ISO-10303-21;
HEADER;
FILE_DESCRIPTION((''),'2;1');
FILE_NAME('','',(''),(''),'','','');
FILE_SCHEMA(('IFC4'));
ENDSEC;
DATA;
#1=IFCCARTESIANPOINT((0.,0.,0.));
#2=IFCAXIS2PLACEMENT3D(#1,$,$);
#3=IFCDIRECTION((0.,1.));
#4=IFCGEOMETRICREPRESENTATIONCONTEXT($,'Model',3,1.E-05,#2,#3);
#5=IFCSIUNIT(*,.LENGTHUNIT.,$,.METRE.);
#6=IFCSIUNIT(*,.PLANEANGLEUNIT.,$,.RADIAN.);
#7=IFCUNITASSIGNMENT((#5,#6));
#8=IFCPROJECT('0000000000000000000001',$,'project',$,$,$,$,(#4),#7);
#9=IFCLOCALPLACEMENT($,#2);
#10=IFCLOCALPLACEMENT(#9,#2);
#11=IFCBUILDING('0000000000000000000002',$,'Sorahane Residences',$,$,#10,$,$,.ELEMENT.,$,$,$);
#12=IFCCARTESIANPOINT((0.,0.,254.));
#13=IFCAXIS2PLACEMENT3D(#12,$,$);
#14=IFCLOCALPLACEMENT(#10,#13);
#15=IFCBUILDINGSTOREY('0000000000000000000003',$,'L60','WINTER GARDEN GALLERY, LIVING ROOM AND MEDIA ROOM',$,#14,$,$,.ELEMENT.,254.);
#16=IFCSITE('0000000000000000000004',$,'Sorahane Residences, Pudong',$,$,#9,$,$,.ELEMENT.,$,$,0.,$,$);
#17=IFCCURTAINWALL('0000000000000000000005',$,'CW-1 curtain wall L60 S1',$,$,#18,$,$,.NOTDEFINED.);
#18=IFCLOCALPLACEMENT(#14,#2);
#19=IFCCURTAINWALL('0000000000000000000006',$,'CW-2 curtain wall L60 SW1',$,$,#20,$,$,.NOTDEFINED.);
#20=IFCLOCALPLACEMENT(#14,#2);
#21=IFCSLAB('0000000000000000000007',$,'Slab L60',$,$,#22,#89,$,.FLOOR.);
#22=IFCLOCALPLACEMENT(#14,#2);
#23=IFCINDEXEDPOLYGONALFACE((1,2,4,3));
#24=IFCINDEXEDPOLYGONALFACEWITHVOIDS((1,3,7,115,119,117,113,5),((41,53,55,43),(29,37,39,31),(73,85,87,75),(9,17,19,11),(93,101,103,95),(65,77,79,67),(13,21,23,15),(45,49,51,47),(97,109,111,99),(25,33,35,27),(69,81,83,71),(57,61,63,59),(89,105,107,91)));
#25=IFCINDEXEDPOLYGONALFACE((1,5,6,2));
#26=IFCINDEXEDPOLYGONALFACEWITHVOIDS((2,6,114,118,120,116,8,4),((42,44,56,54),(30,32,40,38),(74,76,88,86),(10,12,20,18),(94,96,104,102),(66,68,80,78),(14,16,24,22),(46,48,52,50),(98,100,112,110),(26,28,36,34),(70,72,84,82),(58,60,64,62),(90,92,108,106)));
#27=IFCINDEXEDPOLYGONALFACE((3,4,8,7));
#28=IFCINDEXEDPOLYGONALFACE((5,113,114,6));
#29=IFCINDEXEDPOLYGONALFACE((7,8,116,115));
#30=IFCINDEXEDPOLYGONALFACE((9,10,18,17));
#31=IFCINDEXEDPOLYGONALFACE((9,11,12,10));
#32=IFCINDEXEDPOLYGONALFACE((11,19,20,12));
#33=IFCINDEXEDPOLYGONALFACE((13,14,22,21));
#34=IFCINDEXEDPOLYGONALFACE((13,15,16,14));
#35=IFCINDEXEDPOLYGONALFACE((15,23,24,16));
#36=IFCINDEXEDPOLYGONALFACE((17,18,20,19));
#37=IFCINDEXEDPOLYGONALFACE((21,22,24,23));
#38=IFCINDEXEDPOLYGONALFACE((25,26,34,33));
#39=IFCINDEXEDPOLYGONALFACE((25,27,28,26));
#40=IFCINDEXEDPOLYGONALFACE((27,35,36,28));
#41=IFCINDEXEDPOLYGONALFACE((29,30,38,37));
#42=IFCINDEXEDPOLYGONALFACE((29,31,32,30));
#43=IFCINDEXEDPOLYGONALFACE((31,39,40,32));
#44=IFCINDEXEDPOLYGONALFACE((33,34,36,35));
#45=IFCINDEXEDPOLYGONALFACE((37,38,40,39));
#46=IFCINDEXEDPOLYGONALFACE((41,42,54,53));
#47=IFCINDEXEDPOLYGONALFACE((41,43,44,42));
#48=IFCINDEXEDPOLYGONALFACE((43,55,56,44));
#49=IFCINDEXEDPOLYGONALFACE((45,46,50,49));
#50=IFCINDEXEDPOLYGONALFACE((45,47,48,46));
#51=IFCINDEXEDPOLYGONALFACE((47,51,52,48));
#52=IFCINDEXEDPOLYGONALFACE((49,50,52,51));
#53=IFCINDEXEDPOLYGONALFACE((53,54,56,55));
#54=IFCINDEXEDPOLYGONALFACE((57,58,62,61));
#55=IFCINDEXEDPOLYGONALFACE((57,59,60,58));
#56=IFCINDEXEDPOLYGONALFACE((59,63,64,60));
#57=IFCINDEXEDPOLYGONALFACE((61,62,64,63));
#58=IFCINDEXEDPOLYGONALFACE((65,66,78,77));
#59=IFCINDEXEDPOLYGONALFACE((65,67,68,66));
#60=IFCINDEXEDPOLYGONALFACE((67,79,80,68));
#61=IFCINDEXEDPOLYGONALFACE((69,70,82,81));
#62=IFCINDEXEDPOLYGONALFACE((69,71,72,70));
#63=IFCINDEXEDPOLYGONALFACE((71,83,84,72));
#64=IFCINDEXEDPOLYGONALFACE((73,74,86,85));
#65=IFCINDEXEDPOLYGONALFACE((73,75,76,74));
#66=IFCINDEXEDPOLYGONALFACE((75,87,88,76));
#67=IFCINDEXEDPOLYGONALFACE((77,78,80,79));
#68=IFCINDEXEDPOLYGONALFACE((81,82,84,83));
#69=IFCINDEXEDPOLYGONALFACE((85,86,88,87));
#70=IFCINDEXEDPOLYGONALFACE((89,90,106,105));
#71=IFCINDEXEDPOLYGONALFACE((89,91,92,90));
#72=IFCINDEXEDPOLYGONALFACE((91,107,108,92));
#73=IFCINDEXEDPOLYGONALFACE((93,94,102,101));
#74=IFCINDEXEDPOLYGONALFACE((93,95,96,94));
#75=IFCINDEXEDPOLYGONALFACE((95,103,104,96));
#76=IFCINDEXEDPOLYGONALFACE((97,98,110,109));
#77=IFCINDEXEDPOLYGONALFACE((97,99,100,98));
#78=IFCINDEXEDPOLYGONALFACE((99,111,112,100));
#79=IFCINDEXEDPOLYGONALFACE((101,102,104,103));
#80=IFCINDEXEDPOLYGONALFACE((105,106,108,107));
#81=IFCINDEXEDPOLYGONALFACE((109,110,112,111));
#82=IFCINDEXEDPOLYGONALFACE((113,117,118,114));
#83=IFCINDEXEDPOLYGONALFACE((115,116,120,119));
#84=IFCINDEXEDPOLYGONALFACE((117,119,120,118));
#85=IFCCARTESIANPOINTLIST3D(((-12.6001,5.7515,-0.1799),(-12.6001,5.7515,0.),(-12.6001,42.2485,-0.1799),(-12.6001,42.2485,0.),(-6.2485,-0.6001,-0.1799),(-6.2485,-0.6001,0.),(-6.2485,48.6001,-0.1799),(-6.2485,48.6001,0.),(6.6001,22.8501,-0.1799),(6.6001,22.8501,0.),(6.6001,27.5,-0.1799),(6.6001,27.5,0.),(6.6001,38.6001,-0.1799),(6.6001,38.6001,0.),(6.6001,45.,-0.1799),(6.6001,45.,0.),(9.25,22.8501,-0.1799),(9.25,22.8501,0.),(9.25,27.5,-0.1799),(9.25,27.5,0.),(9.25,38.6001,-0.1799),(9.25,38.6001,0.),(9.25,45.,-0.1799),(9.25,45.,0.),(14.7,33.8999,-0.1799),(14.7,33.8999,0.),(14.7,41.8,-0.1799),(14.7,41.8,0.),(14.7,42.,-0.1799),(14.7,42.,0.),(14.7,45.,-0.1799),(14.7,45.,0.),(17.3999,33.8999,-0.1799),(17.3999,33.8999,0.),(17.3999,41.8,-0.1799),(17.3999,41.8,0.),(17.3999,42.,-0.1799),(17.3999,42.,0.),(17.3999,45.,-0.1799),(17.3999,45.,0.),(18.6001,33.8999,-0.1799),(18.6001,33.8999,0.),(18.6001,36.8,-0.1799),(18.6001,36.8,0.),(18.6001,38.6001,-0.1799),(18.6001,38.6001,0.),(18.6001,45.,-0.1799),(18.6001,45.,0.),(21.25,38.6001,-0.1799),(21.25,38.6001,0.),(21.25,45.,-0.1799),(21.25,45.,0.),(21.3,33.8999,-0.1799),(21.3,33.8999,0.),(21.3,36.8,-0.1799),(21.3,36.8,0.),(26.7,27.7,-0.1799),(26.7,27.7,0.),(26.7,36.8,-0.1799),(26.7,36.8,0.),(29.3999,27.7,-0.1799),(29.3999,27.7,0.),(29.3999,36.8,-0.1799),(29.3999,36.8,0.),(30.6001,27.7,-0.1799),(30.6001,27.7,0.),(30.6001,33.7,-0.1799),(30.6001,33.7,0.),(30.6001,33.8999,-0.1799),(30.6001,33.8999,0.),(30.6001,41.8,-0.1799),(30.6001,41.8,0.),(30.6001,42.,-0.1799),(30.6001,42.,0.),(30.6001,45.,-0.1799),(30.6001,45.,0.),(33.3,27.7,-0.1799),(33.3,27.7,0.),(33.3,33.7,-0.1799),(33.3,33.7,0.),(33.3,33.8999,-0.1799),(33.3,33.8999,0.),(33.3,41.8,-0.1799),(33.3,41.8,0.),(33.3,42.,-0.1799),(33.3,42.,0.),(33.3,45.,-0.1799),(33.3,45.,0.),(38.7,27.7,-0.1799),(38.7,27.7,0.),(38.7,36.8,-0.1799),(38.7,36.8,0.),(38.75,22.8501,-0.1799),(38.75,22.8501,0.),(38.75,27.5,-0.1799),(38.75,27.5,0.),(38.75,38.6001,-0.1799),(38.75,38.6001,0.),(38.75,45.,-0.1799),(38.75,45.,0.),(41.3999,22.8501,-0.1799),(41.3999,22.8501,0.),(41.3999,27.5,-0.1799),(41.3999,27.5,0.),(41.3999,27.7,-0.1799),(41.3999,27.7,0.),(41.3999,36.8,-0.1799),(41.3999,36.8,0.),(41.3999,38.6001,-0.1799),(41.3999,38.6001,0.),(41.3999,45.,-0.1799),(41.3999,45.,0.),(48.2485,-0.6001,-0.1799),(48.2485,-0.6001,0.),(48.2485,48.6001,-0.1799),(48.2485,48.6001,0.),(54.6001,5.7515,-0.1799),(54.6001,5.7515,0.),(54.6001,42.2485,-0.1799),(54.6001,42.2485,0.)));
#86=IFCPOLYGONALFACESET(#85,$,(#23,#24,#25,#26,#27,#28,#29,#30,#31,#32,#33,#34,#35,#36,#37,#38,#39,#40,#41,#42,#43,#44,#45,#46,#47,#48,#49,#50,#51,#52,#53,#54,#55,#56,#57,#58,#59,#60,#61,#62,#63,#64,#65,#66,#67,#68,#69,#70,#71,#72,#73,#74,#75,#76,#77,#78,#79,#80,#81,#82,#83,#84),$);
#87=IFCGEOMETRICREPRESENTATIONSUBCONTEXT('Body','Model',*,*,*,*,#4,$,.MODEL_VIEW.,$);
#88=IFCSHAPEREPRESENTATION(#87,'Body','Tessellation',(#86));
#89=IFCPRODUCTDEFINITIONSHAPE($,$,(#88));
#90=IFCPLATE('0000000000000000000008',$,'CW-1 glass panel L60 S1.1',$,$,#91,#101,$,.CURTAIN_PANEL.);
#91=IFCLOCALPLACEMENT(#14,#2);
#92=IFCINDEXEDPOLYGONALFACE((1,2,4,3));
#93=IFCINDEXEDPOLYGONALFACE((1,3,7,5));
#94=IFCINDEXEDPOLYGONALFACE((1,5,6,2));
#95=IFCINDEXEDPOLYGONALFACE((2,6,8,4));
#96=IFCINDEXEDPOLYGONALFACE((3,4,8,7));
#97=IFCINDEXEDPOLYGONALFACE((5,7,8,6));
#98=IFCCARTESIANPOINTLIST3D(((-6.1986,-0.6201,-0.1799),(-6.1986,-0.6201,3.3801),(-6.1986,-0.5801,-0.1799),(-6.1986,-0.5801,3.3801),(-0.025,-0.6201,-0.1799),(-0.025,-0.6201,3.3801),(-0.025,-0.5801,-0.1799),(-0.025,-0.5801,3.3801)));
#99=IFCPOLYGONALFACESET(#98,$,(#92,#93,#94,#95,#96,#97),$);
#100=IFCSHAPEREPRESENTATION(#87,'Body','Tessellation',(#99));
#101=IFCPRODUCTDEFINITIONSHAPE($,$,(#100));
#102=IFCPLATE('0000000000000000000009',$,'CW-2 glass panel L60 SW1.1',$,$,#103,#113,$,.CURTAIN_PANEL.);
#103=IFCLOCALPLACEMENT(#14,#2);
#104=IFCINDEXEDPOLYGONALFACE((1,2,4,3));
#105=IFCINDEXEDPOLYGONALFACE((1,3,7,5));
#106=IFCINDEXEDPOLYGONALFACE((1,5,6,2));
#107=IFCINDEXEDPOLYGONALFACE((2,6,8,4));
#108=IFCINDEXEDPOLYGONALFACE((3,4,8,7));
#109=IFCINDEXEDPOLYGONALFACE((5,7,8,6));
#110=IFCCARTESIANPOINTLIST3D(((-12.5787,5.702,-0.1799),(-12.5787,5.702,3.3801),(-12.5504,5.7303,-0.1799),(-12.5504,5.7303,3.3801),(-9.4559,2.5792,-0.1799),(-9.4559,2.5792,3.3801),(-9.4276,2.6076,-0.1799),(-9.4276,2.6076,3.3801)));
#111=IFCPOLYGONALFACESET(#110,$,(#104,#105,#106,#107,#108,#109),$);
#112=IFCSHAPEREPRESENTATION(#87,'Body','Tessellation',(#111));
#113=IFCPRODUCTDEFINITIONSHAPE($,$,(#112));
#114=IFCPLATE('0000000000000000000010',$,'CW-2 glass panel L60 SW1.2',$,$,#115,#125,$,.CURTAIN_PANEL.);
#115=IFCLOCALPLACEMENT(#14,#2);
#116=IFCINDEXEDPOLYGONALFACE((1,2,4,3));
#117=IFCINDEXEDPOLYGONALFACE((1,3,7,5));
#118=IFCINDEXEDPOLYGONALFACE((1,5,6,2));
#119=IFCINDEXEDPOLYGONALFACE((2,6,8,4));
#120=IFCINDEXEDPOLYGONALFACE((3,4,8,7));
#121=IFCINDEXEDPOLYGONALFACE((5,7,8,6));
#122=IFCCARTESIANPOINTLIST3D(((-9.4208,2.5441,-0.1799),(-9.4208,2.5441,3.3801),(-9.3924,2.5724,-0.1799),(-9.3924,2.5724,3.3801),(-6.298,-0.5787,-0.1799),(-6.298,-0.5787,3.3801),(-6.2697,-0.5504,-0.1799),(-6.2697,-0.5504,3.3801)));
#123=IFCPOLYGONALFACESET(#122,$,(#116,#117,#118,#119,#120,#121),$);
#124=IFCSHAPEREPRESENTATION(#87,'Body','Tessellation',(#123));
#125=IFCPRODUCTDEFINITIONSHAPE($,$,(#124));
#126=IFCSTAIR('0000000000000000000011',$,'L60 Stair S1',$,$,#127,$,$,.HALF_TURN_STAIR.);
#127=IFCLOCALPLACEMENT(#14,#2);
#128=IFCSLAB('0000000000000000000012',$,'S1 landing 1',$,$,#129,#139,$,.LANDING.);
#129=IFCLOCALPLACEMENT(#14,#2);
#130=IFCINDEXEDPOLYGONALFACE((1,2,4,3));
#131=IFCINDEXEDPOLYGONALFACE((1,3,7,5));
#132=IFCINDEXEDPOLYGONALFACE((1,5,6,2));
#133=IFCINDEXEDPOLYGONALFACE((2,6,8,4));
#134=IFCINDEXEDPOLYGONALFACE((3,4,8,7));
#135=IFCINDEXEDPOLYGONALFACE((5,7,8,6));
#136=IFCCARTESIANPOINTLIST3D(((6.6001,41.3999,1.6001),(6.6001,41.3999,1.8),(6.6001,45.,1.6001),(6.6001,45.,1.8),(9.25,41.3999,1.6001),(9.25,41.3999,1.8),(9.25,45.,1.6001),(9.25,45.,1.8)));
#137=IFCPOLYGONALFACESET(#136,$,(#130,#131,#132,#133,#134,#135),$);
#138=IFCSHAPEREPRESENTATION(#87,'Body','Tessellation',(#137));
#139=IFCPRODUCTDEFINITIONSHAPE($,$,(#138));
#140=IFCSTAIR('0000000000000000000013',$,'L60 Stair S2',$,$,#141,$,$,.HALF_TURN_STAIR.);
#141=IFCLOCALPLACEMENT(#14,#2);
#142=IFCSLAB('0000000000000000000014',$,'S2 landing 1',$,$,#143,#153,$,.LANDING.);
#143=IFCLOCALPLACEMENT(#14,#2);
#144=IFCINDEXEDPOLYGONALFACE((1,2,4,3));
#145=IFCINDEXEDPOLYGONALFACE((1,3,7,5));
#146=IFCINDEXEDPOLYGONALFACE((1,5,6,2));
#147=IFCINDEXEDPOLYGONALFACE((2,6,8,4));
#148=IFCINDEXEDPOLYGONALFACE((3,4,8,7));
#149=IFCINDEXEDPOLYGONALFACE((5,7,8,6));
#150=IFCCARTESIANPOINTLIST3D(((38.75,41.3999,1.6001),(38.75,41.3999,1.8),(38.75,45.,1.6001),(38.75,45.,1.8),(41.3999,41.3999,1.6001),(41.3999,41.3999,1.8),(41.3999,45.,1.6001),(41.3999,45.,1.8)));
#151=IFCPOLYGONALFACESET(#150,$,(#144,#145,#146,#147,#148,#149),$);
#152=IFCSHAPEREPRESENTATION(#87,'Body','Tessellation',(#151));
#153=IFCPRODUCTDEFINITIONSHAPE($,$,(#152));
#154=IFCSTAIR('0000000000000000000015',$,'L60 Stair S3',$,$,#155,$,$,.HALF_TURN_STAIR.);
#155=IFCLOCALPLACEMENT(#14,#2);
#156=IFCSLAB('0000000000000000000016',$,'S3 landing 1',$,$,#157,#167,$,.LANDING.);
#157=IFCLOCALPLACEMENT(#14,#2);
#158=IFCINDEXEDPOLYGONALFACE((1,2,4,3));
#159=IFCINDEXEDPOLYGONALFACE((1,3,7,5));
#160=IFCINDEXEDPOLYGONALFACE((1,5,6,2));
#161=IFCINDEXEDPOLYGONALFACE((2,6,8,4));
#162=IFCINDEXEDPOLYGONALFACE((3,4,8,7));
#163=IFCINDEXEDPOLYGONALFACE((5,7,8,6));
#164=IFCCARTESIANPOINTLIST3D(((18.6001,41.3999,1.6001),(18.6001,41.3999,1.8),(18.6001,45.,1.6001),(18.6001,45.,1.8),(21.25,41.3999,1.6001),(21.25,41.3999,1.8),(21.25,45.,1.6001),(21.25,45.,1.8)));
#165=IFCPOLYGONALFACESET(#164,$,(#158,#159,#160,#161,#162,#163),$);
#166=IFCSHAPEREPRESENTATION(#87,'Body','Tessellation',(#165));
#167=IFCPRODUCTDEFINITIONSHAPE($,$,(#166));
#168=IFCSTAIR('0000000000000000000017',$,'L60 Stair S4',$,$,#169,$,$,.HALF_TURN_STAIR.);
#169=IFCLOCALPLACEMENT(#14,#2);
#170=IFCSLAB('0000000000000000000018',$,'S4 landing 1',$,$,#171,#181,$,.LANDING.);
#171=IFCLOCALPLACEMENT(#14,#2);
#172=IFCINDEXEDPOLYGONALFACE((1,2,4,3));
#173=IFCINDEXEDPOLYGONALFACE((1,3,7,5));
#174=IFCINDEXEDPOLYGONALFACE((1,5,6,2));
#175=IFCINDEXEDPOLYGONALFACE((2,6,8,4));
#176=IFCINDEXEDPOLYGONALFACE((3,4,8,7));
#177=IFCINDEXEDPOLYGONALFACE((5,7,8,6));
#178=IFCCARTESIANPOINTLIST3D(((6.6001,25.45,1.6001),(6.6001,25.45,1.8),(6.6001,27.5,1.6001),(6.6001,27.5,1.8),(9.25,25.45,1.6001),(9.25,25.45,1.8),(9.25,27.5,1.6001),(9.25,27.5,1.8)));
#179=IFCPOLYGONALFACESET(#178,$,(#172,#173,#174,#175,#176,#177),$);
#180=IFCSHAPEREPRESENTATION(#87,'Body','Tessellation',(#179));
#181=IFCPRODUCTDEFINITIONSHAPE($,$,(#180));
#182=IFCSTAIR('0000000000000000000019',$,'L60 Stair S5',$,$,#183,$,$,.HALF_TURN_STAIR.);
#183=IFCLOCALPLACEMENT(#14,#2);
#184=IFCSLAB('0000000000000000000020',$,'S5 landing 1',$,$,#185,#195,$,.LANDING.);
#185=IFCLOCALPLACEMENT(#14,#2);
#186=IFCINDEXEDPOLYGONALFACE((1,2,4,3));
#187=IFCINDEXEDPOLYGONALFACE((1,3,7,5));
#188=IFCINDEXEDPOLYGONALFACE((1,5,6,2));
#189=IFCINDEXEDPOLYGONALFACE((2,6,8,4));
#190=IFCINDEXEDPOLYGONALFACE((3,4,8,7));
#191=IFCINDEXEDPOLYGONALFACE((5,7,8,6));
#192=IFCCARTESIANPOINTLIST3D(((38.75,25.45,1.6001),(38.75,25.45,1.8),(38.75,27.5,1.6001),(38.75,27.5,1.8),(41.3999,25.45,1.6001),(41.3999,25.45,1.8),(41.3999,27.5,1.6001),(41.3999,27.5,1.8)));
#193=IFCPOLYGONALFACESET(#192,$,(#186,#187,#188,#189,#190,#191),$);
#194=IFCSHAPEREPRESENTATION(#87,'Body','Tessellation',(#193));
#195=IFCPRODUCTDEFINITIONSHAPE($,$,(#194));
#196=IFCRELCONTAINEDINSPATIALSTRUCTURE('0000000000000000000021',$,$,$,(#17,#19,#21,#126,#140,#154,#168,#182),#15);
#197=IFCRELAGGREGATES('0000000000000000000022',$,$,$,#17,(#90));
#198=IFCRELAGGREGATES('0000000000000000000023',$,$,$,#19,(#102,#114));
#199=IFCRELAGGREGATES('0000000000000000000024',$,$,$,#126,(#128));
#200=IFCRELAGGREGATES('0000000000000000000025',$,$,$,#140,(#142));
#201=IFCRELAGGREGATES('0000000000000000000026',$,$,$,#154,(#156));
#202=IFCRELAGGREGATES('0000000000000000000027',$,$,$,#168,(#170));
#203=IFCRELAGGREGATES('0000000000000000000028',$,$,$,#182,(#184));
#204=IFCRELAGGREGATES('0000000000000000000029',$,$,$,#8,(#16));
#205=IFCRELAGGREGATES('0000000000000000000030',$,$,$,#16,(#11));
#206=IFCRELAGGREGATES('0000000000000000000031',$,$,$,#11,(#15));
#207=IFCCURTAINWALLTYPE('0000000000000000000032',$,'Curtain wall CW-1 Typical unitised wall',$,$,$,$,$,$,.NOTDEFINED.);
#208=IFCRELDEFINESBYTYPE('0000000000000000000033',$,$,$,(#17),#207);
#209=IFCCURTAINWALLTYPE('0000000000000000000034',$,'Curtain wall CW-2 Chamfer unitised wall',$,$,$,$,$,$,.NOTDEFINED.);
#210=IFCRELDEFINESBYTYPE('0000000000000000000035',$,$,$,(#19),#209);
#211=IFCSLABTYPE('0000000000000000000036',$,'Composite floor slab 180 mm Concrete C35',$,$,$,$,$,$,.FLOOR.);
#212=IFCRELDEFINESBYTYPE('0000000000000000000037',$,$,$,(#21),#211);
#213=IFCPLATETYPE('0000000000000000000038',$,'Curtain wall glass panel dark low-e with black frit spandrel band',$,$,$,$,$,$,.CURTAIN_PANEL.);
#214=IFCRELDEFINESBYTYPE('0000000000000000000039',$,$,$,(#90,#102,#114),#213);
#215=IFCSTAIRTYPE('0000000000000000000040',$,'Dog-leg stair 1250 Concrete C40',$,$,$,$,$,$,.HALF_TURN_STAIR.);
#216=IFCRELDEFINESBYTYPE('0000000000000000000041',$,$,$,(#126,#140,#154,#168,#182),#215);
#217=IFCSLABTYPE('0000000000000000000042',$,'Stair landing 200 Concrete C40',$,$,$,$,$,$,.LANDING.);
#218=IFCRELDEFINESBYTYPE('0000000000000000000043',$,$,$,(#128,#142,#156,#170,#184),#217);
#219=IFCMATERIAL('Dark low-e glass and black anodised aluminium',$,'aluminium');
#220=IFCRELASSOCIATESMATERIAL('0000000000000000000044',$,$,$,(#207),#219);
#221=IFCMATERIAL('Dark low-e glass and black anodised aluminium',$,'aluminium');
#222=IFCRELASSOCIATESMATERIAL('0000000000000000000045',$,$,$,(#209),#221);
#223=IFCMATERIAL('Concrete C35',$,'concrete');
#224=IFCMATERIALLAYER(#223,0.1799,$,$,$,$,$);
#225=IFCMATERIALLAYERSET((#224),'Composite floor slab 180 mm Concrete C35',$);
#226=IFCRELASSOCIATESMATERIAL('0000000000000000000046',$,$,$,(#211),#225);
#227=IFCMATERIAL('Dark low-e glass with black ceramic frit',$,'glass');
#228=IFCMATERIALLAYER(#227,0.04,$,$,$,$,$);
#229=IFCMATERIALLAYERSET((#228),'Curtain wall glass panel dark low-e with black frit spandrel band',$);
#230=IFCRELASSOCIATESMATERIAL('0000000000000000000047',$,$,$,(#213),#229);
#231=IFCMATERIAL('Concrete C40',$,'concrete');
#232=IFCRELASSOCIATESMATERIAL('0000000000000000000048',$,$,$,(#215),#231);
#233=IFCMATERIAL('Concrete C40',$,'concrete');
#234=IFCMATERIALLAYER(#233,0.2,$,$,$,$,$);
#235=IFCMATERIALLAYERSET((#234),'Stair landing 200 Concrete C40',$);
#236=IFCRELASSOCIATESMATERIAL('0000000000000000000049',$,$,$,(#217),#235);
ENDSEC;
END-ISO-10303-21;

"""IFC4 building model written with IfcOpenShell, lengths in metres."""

from ifc_helpers import new_model, si_unit, direction, frame, origin, origin_2d, place, context, subcontext, project, spatial, polyline, rectangle, outline, extrude, material, layer, layer_set, type_object, element, aggregate, save


model = new_model("IFC4")

# Units and contexts
model_context = context("Model", 3, precision=1e-05, world=origin(), true_north=direction((0.0, 1.0)))
body_context = subcontext(model_context, "Body", "Model", "MODEL_VIEW")
ifc_project = project(units=[si_unit("LENGTHUNIT", "METRE"), si_unit("PLANEANGLEUNIT", "RADIAN")], contexts=[model_context])

# Site, building, storey
site_placement = place(None, origin())
site = spatial("IfcSite", under=ifc_project, at=site_placement, Name="Sorahane Residences, Pudong", CompositionType="ELEMENT", RefElevation=0.0)
building_placement = place(site_placement, origin())
building = spatial("IfcBuilding", under=site, at=building_placement, Name="Sorahane Residences", CompositionType="ELEMENT")
storey_placement = place(building_placement, frame((0.0, 0.0, 254.0)))
storey = spatial("IfcBuildingStorey", under=building, at=storey_placement, Name="L60", Description="WINTER GARDEN GALLERY, LIVING ROOM AND MEDIA ROOM", CompositionType="ELEMENT", Elevation=254.0)

# Curtain wall
ifc_material_1 = material(Name="Dark low-e glass and black anodised aluminium", Category="aluminium")
curtain_wall_type_1 = type_object("IfcCurtainWallType", Name="Curtain wall CW-1 Typical unitised wall", PredefinedType="NOTDEFINED", material=ifc_material_1)
curtain_wall_1_placement = place(storey_placement, origin())
curtain_wall_1 = element("IfcCurtainWall", 1, at=curtain_wall_1_placement, inside=storey, type_object=curtain_wall_type_1, Name="CW-1 curtain wall L60 S1", PredefinedType="NOTDEFINED")

# Curtain wall
ifc_material_2 = material(Name="Dark low-e glass and black anodised aluminium", Category="aluminium")
curtain_wall_type_2 = type_object("IfcCurtainWallType", Name="Curtain wall CW-2 Chamfer unitised wall", PredefinedType="NOTDEFINED", material=ifc_material_2)
curtain_wall_2_placement = place(storey_placement, origin())
curtain_wall_2 = element("IfcCurtainWall", 2, at=curtain_wall_2_placement, inside=storey, type_object=curtain_wall_type_2, Name="CW-2 curtain wall L60 SW1", PredefinedType="NOTDEFINED")

# Slab
ifc_material_3 = material(Name="Concrete C35", Category="concrete")
ifc_layer_1 = layer(ifc_material_3, 0.1799)
ifc_layer_set_1 = layer_set([ifc_layer_1], Name="Composite floor slab 180 mm Concrete C35")
slab_type_1 = type_object("IfcSlabType", Name="Composite floor slab 180 mm Concrete C35", PredefinedType="FLOOR", material=ifc_layer_set_1)
slab_1_placement = place(storey_placement, frame((0.0, 0.0, -0.1799)))
element("IfcSlab", 3, at=slab_1_placement, inside=storey, type_object=slab_type_1, Name="Slab L60", PredefinedType="FLOOR", context=body_context, shape_type="SweptSolid", body=[
    extrude(outline(polyline([(-6.2485, -0.6001), (-12.6001, 5.7515), (-12.6001, 42.2485), (-6.2485, 48.6001), (48.2485, 48.6001), (54.6001, 42.2485), (54.6001, 5.7515), (48.2485, -0.6001), (-6.2485, -0.6001)]), holes=[polyline([(38.7, 27.7), (41.3999, 27.7), (41.3999, 36.8), (38.7, 36.8), (38.7, 27.7)]), polyline([(30.6001, 27.7), (33.3, 27.7), (33.3, 33.7), (30.6001, 33.7), (30.6001, 27.7)]), polyline([(30.6001, 42.0), (33.3, 42.0), (33.3, 45.0), (30.6001, 45.0), (30.6001, 42.0)]), polyline([(14.7, 42.0), (17.3999, 42.0), (17.3999, 45.0), (14.7, 45.0), (14.7, 42.0)]), polyline([(9.25, 38.6001), (9.25, 45.0), (6.6001, 45.0), (6.6001, 38.6001), (9.25, 38.6001)]), polyline([(41.3999, 38.6001), (41.3999, 45.0), (38.75, 45.0), (38.75, 38.6001), (41.3999, 38.6001)]), polyline([(21.25, 38.6001), (21.25, 45.0), (18.6001, 45.0), (18.6001, 38.6001), (21.25, 38.6001)]), polyline([(9.25, 22.8501), (9.25, 27.5), (6.6001, 27.5), (6.6001, 22.8501), (9.25, 22.8501)]), polyline([(41.3999, 22.8501), (41.3999, 27.5), (38.75, 27.5), (38.75, 22.8501), (41.3999, 22.8501)]), polyline([(14.7, 33.8999), (17.3999, 33.8999), (17.3999, 41.8), (14.7, 41.8), (14.7, 33.8999)]), polyline([(30.6001, 33.8999), (33.3, 33.8999), (33.3, 41.8), (30.6001, 41.8), (30.6001, 33.8999)]), polyline([(18.6001, 33.8999), (21.3, 33.8999), (21.3, 36.8), (18.6001, 36.8), (18.6001, 33.8999)]), polyline([(26.7, 27.7), (29.3999, 27.7), (29.3999, 36.8), (26.7, 36.8), (26.7, 27.7)])]), origin(), (0.0, 0.0, 1.0), 0.1799),
])

# Plates
ifc_material_4 = material(Name="Dark low-e glass with black ceramic frit", Category="glass")
ifc_layer_2 = layer(ifc_material_4, 0.04)
ifc_layer_set_2 = layer_set([ifc_layer_2], Name="Curtain wall glass panel dark low-e with black frit spandrel band")
plate_type = type_object("IfcPlateType", Name="Curtain wall glass panel dark low-e with black frit spandrel band", PredefinedType="CURTAIN_PANEL", material=ifc_layer_set_2)
plate_1_placement = place(storey_placement, frame((-3.1118, -0.6001, -0.1799), z_axis=(0.0, 0.0, 1.0), x_axis=(1.0, 0.0, 0.0)))
plate_1 = element("IfcPlate", 4, at=plate_1_placement, type_object=plate_type, Name="CW-1 glass panel L60 S1.1", PredefinedType="CURTAIN_PANEL", context=body_context, shape_type="SweptSolid", body=[
    extrude(rectangle(XDim=6.1736, YDim=0.04, at=origin_2d()), origin(), (0.0, 0.0, 1.0), 3.5601),
])
aggregate(curtain_wall_1, [plate_1])
plate_2_placement = place(storey_placement, frame((-11.0032, 4.1548, -0.1799), z_axis=(0.0, 0.0, 1.0), x_axis=(0.707107, -0.707107, 0.0)))
plate_2 = element("IfcPlate", 5, at=plate_2_placement, type_object=plate_type, Name="CW-2 glass panel L60 SW1.1", PredefinedType="CURTAIN_PANEL", context=body_context, shape_type="SweptSolid", body=[
    extrude(rectangle(XDim=4.4163, YDim=0.04, at=origin_2d()), origin(), (0.0, 0.0, 1.0), 3.5601),
])
plate_3_placement = place(storey_placement, frame((-7.8452, 0.9968, -0.1799), z_axis=(0.0, 0.0, 1.0), x_axis=(0.707107, -0.707107, 0.0)))
plate_3 = element("IfcPlate", 6, at=plate_3_placement, type_object=plate_type, Name="CW-2 glass panel L60 SW1.2", PredefinedType="CURTAIN_PANEL", context=body_context, shape_type="SweptSolid", body=[
    extrude(rectangle(XDim=4.4163, YDim=0.04, at=origin_2d()), origin(), (0.0, 0.0, 1.0), 3.5601),
])
aggregate(curtain_wall_2, [plate_2, plate_3])

# Stairs, slabs
ifc_material_5 = material(Name="Concrete C40", Category="concrete")
stair_type = type_object("IfcStairType", Name="Dog-leg stair 1250 Concrete C40", PredefinedType="HALF_TURN_STAIR", material=ifc_material_5)
stair_1_placement = place(storey_placement, origin())
stair_1 = element("IfcStair", 7, at=stair_1_placement, inside=storey, type_object=stair_type, Name="L60 Stair S1", PredefinedType="HALF_TURN_STAIR")
ifc_material_6 = material(Name="Concrete C40", Category="concrete")
ifc_layer_3 = layer(ifc_material_6, 0.2)
ifc_layer_set_3 = layer_set([ifc_layer_3], Name="Stair landing 200 Concrete C40")
slab_type_2 = type_object("IfcSlabType", Name="Stair landing 200 Concrete C40", PredefinedType="LANDING", material=ifc_layer_set_3)
slab_2_placement = place(storey_placement, frame((0.0, 0.0, 1.6001)))
slab_2 = element("IfcSlab", 8, at=slab_2_placement, type_object=slab_type_2, Name="S1 landing 1", PredefinedType="LANDING", context=body_context, shape_type="SweptSolid", body=[
    extrude(outline(polyline([(9.25, 41.3999), (9.25, 45.0), (6.6001, 45.0), (6.6001, 41.3999), (9.25, 41.3999)])), origin(), (0.0, 0.0, 1.0), 0.2),
])
aggregate(stair_1, [slab_2])
stair_2_placement = place(storey_placement, origin())
stair_2 = element("IfcStair", 9, at=stair_2_placement, inside=storey, type_object=stair_type, Name="L60 Stair S2", PredefinedType="HALF_TURN_STAIR")
slab_3_placement = place(storey_placement, frame((0.0, 0.0, 1.6001)))
slab_3 = element("IfcSlab", 10, at=slab_3_placement, type_object=slab_type_2, Name="S2 landing 1", PredefinedType="LANDING", context=body_context, shape_type="SweptSolid", body=[
    extrude(outline(polyline([(41.3999, 41.3999), (41.3999, 45.0), (38.75, 45.0), (38.75, 41.3999), (41.3999, 41.3999)])), origin(), (0.0, 0.0, 1.0), 0.2),
])
aggregate(stair_2, [slab_3])
stair_3_placement = place(storey_placement, origin())
stair_3 = element("IfcStair", 11, at=stair_3_placement, inside=storey, type_object=stair_type, Name="L60 Stair S3", PredefinedType="HALF_TURN_STAIR")
slab_4_placement = place(storey_placement, frame((0.0, 0.0, 1.6001)))
slab_4 = element("IfcSlab", 12, at=slab_4_placement, type_object=slab_type_2, Name="S3 landing 1", PredefinedType="LANDING", context=body_context, shape_type="SweptSolid", body=[
    extrude(outline(polyline([(21.25, 41.3999), (21.25, 45.0), (18.6001, 45.0), (18.6001, 41.3999), (21.25, 41.3999)])), origin(), (0.0, 0.0, 1.0), 0.2),
])
aggregate(stair_3, [slab_4])
stair_4_placement = place(storey_placement, origin())
stair_4 = element("IfcStair", 13, at=stair_4_placement, inside=storey, type_object=stair_type, Name="L60 Stair S4", PredefinedType="HALF_TURN_STAIR")
slab_5_placement = place(storey_placement, frame((0.0, 0.0, 1.6001)))
slab_5 = element("IfcSlab", 14, at=slab_5_placement, type_object=slab_type_2, Name="S4 landing 1", PredefinedType="LANDING", context=body_context, shape_type="SweptSolid", body=[
    extrude(outline(polyline([(9.25, 25.45), (9.25, 27.5), (6.6001, 27.5), (6.6001, 25.45), (9.25, 25.45)])), origin(), (0.0, 0.0, 1.0), 0.2),
])
aggregate(stair_4, [slab_5])
stair_5_placement = place(storey_placement, origin())
stair_5 = element("IfcStair", 15, at=stair_5_placement, inside=storey, type_object=stair_type, Name="L60 Stair S5", PredefinedType="HALF_TURN_STAIR")
slab_6_placement = place(storey_placement, frame((0.0, 0.0, 1.6001)))
slab_6 = element("IfcSlab", 16, at=slab_6_placement, type_object=slab_type_2, Name="S5 landing 1", PredefinedType="LANDING", context=body_context, shape_type="SweptSolid", body=[
    extrude(outline(polyline([(41.3999, 25.45), (41.3999, 27.5), (38.75, 27.5), (38.75, 25.45), (41.3999, 25.45)])), origin(), (0.0, 0.0, 1.0), 0.2),
])
aggregate(stair_5, [slab_6])

save(model, "model.ifc")
